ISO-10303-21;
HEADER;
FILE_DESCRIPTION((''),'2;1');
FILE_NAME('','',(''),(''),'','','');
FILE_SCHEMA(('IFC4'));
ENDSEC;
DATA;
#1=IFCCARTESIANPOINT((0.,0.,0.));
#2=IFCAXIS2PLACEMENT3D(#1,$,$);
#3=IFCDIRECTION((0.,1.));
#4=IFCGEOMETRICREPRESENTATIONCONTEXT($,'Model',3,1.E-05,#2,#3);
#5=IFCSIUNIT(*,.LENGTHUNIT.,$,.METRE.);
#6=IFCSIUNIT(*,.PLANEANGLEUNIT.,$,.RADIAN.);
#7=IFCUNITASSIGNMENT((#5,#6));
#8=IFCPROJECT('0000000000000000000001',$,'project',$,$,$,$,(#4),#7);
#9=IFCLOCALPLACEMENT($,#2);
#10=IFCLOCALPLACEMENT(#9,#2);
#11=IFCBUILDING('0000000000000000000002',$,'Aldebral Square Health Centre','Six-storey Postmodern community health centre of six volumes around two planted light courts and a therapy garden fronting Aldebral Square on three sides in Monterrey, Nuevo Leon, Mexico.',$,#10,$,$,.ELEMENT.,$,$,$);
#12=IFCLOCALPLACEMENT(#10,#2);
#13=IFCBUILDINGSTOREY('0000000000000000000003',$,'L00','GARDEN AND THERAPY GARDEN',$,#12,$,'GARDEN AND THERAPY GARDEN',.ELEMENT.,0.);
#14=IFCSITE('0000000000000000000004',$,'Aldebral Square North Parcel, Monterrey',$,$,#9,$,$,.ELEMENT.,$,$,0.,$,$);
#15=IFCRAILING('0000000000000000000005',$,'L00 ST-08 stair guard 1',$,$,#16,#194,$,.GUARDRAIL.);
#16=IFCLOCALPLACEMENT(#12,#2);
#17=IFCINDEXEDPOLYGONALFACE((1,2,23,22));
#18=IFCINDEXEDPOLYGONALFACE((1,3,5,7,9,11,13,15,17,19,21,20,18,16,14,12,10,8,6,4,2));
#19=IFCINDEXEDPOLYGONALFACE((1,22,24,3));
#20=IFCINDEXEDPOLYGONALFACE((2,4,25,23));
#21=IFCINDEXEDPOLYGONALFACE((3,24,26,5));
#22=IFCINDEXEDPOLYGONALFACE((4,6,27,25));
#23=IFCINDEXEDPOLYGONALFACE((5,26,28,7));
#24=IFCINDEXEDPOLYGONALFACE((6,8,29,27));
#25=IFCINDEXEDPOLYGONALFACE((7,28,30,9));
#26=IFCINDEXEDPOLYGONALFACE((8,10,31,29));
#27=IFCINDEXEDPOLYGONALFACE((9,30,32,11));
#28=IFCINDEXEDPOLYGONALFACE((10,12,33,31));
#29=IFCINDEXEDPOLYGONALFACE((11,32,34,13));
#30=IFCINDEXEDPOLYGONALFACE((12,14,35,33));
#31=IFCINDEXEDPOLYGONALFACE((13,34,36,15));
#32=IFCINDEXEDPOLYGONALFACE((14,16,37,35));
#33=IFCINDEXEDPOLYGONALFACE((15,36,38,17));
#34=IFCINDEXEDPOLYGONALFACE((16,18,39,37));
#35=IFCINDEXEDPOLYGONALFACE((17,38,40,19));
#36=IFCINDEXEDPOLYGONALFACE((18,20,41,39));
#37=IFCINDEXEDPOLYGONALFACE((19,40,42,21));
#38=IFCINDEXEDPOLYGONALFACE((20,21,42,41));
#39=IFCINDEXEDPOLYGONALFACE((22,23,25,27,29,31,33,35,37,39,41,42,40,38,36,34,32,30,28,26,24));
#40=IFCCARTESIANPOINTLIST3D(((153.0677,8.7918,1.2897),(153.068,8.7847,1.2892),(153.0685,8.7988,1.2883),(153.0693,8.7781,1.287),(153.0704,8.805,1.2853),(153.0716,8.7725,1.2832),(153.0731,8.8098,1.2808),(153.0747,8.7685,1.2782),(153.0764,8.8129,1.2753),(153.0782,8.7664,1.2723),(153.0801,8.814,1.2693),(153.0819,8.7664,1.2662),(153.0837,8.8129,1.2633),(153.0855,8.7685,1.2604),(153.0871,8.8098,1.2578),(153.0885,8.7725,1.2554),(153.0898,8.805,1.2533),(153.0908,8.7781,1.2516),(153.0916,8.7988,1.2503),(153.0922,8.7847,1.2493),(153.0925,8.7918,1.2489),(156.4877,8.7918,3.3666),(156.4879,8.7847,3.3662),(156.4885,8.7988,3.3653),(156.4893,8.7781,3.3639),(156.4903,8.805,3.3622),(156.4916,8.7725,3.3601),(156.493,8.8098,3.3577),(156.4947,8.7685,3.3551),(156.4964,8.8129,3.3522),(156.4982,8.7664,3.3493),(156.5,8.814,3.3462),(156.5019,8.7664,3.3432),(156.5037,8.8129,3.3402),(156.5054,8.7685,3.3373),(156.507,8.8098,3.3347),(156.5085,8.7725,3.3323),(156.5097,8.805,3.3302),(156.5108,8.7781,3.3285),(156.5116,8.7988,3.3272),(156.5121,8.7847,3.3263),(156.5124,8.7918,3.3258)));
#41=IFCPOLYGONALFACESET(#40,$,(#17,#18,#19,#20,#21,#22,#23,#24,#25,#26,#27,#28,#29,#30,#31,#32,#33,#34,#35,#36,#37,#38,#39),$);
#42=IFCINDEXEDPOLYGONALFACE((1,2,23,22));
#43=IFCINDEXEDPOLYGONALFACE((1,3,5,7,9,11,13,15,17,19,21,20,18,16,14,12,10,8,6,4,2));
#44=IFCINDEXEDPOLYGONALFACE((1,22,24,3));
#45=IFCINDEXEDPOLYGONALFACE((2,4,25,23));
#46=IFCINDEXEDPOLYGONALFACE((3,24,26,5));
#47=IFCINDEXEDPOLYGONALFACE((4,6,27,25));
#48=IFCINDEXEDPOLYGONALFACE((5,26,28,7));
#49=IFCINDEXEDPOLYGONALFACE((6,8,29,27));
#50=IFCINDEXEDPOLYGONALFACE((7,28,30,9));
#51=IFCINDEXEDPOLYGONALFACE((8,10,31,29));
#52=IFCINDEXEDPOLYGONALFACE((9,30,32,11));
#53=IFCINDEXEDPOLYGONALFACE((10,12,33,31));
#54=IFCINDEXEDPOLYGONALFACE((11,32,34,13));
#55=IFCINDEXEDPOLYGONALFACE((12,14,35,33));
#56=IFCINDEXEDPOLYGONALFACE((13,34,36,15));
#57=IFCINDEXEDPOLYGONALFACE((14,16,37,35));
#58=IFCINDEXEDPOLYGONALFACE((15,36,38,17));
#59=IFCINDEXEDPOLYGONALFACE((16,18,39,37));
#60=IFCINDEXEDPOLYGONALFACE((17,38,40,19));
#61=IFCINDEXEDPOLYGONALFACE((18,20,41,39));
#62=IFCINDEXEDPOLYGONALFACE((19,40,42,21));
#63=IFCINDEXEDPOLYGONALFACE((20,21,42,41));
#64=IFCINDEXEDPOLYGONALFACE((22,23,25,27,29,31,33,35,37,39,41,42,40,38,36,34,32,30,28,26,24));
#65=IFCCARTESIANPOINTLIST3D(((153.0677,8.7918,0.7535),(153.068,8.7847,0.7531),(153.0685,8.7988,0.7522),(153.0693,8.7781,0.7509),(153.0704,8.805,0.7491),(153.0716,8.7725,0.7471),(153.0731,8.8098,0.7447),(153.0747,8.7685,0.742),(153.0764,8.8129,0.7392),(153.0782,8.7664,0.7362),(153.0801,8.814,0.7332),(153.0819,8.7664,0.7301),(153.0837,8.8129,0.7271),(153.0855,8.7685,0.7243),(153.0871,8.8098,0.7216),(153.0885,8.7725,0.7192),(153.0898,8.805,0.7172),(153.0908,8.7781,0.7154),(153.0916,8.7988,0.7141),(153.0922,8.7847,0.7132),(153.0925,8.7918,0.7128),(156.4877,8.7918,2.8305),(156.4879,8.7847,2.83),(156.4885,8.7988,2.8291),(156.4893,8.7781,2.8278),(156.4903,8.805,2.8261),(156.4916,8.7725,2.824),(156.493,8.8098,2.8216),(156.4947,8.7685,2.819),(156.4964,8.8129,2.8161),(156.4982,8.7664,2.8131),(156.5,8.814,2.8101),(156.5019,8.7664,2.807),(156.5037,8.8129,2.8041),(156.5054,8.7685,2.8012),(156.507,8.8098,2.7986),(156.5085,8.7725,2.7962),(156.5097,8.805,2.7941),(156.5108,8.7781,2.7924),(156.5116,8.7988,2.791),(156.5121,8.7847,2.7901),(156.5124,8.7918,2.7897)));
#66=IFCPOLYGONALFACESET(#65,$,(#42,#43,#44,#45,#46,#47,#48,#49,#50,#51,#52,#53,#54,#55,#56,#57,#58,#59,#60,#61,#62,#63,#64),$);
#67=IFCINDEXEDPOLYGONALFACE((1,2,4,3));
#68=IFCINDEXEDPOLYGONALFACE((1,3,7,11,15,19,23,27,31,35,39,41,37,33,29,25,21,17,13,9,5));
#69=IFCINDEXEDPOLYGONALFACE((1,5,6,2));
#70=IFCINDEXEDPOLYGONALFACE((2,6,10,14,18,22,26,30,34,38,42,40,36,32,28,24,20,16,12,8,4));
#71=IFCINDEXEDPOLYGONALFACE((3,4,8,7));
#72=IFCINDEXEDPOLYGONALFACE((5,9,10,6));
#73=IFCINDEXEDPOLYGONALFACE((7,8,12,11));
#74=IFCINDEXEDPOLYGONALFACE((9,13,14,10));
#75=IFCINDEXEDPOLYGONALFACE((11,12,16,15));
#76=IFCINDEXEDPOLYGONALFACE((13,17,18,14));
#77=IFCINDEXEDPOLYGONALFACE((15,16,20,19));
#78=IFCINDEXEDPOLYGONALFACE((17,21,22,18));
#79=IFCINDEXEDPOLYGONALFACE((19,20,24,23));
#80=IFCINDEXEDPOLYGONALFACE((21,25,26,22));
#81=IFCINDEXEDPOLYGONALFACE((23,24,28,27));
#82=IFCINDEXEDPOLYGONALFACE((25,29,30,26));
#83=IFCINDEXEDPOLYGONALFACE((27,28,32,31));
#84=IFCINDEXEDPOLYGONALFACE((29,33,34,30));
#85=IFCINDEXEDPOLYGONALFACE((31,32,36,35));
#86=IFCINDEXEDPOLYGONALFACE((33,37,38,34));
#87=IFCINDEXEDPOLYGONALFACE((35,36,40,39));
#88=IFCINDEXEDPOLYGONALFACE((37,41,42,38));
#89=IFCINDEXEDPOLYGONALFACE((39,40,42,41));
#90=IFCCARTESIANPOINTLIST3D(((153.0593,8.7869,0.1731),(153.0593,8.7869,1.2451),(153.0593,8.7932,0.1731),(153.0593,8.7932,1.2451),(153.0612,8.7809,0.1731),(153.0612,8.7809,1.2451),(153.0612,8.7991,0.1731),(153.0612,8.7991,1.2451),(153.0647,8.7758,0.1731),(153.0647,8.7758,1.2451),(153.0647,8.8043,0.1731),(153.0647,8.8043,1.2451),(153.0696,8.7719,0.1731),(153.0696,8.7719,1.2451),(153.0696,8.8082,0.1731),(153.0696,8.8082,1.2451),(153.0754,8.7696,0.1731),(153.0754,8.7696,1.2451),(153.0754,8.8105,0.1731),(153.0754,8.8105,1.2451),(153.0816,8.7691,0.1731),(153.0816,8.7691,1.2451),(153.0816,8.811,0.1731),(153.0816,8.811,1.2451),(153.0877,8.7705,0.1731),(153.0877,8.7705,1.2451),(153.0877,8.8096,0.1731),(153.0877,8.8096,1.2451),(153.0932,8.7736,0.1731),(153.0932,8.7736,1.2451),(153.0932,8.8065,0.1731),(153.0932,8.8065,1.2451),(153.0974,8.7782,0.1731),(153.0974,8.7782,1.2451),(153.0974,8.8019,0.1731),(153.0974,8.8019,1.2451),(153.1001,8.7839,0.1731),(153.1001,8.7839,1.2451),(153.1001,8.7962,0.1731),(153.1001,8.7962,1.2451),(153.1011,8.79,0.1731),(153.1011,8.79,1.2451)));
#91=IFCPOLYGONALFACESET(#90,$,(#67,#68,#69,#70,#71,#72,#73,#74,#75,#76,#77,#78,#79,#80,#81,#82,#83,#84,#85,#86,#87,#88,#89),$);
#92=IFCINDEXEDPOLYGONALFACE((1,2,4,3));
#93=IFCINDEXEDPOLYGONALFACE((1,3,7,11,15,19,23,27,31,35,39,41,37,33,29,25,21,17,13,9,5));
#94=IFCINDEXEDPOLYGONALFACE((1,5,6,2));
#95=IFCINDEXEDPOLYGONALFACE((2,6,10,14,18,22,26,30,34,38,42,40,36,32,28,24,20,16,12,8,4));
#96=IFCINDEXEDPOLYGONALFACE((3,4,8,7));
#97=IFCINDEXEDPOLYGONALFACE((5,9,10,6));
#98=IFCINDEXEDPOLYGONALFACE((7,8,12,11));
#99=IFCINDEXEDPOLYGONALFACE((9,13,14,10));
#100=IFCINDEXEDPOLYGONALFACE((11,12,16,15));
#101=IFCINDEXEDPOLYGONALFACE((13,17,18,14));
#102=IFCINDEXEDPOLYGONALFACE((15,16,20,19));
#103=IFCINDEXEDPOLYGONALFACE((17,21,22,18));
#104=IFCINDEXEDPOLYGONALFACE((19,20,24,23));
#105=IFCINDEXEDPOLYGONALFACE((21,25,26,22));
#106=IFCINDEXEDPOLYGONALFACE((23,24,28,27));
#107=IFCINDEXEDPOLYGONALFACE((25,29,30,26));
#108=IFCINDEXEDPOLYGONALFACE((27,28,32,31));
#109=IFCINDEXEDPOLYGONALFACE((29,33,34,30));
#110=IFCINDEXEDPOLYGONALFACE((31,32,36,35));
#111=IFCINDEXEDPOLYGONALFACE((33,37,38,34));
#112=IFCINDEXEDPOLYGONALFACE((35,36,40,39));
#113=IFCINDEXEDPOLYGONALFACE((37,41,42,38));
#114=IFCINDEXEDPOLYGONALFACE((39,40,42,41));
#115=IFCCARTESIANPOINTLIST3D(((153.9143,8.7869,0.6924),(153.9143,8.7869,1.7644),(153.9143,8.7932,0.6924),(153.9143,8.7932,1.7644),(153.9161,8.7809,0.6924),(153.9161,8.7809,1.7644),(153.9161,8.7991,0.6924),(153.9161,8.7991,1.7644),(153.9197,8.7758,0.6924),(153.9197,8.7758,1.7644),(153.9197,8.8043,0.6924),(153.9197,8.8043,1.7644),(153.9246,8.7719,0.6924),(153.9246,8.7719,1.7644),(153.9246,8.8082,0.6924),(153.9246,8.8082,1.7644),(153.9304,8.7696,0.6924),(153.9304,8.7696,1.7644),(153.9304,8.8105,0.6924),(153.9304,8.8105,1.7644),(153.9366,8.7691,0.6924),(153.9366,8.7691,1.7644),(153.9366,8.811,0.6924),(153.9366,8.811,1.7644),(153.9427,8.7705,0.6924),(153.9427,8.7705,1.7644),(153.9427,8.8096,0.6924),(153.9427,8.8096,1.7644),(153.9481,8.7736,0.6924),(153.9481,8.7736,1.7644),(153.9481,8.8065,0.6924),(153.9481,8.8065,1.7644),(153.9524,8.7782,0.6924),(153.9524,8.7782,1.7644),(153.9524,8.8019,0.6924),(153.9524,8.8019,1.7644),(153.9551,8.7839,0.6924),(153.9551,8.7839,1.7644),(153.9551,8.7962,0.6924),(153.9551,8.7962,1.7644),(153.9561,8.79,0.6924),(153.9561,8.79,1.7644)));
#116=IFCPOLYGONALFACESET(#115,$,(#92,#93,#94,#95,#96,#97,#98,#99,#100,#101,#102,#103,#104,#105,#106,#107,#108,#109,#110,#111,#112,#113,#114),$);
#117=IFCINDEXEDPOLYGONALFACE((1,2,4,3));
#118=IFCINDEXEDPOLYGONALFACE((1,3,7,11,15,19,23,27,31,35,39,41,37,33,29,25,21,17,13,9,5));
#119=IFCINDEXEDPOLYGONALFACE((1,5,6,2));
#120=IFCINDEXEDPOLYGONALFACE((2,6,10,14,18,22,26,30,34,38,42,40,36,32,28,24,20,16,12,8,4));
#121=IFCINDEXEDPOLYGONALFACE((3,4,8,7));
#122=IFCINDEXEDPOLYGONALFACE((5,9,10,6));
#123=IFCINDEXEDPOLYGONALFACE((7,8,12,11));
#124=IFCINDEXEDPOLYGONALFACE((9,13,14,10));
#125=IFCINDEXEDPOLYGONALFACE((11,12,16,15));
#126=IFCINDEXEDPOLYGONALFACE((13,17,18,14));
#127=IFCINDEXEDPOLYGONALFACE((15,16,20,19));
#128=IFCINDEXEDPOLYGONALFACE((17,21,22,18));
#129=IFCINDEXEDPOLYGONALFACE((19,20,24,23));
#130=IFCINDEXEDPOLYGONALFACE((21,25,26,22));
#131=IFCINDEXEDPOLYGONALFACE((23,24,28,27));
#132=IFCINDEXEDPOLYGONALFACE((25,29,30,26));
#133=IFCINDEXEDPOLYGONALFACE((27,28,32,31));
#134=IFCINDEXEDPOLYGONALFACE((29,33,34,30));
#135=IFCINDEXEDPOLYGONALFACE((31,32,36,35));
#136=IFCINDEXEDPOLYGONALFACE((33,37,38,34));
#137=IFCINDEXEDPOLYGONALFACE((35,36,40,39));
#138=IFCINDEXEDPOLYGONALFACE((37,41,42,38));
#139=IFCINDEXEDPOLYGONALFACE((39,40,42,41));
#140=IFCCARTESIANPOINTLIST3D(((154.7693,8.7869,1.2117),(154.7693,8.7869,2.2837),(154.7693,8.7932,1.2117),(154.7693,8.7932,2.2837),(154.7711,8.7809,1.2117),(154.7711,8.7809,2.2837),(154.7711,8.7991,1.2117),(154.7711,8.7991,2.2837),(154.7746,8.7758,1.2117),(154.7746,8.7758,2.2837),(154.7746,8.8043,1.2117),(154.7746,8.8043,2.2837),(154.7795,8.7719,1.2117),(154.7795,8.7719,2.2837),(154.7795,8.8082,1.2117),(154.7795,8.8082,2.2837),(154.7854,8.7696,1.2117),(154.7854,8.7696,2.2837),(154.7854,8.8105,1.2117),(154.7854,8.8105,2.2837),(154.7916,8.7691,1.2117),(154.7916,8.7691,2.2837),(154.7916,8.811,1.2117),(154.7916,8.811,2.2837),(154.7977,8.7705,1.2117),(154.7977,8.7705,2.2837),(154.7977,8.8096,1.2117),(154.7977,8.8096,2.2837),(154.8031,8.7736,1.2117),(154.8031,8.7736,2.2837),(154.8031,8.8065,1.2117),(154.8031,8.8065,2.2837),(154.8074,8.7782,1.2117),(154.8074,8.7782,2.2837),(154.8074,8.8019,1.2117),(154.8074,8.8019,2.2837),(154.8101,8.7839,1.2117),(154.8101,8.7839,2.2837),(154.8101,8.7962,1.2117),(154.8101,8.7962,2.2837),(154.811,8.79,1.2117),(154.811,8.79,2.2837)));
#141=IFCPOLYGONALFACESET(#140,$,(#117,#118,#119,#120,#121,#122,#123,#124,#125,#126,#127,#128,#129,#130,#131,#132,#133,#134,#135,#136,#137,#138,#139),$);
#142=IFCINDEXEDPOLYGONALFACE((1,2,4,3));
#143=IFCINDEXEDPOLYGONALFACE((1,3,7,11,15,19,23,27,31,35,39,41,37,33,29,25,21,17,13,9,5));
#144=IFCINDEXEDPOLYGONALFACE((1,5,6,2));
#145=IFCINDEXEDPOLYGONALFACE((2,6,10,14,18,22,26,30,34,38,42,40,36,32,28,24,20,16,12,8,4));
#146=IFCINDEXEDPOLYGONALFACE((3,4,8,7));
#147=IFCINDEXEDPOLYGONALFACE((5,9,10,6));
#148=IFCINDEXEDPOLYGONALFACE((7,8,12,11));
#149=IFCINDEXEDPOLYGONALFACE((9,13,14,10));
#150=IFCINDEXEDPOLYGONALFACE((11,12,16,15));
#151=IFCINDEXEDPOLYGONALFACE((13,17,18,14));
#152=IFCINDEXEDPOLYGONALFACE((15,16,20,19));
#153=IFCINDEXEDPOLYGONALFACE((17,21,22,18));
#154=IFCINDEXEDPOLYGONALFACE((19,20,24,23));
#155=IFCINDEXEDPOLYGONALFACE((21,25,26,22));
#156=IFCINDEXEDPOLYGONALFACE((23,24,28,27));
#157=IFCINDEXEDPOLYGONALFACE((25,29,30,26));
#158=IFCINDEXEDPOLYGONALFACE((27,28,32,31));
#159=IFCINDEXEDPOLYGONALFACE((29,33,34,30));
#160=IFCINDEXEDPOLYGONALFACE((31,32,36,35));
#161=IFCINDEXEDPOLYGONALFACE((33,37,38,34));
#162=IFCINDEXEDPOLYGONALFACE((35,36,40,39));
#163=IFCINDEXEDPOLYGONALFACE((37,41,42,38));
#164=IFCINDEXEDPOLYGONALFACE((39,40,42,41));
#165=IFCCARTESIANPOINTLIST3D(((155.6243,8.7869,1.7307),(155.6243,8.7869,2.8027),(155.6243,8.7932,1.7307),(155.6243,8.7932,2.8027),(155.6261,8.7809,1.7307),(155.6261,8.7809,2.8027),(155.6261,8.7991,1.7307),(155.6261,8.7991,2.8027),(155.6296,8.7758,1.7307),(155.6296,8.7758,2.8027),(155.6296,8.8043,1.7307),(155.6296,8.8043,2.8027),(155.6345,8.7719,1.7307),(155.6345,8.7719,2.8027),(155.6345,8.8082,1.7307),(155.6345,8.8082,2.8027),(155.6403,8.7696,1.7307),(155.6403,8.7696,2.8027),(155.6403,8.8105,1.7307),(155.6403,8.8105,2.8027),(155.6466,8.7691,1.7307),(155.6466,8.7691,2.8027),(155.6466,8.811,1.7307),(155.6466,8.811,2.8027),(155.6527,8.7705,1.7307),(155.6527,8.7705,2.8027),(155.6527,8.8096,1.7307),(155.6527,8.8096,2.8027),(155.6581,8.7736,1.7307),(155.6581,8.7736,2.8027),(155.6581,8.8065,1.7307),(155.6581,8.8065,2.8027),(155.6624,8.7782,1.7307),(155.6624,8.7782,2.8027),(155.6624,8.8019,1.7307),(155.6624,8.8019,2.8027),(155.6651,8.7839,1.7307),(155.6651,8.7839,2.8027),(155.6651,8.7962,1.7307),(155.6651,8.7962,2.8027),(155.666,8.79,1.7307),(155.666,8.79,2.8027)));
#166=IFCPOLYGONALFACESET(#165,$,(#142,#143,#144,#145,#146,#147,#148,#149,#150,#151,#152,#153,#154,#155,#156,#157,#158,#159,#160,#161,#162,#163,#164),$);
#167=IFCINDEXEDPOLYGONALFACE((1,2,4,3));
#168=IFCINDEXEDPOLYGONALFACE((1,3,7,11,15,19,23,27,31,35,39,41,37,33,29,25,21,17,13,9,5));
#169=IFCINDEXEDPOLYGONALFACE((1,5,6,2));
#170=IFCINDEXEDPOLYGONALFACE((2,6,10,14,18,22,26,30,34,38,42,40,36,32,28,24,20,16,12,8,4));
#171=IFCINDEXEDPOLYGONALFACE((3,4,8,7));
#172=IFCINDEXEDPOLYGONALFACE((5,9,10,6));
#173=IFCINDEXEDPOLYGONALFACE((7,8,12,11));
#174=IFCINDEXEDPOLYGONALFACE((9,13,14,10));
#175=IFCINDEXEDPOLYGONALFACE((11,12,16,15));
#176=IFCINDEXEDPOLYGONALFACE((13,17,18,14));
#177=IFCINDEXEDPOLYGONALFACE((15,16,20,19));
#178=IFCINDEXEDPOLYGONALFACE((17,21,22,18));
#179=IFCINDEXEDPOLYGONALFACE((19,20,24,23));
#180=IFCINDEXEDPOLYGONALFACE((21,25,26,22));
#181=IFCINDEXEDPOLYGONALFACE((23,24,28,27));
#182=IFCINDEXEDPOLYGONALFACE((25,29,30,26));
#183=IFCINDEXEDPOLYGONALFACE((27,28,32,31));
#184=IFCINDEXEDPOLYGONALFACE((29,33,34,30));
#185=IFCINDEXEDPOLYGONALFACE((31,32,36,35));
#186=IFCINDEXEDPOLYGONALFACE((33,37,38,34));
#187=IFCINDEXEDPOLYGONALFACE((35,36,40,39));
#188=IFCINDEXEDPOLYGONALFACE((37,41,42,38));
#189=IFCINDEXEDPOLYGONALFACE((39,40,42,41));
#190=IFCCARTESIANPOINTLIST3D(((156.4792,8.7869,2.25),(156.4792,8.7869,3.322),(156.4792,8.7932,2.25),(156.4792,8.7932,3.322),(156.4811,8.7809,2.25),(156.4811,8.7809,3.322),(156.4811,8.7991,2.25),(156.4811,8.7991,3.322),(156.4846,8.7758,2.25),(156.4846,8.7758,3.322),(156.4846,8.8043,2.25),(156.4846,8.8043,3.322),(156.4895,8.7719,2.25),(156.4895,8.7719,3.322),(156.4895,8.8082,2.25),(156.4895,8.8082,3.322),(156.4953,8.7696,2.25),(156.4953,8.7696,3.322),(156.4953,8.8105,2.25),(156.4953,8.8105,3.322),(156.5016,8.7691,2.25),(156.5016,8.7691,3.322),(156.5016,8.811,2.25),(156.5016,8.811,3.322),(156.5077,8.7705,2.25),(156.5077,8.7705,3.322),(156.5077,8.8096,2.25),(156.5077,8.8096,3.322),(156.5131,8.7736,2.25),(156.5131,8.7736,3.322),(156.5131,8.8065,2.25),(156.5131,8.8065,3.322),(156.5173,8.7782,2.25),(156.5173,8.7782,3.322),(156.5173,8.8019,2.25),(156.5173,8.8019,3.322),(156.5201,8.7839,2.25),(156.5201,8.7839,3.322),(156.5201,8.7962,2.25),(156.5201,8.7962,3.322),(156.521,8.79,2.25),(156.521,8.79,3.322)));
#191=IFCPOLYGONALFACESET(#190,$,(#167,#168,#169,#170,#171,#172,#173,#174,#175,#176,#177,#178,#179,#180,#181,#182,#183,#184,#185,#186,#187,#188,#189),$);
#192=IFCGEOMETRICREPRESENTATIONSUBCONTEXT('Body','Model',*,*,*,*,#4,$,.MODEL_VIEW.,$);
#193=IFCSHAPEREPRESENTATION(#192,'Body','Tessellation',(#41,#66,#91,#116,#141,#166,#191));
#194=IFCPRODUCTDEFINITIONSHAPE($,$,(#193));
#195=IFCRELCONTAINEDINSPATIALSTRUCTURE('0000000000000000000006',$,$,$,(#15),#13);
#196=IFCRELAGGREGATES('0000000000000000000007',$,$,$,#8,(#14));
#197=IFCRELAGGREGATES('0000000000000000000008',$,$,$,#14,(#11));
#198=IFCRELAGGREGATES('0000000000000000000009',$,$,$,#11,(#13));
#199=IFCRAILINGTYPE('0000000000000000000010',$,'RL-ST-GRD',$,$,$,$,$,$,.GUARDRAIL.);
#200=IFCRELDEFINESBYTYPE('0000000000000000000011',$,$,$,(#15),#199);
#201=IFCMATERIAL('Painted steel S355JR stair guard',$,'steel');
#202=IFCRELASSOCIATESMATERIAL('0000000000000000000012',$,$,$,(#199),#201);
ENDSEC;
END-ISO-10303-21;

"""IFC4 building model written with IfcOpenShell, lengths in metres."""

from ifc_helpers import new_model, si_unit, direction, frame, origin, origin_2d, place, context, subcontext, project, spatial, circle, extrude, material, type_object, element, save


model = new_model("IFC4")

# Units and contexts
model_context = context("Model", 3, precision=1e-05, world=origin(), true_north=direction((0.0, 1.0)))
body_context = subcontext(model_context, "Body", "Model", "MODEL_VIEW")
ifc_project = project(units=[si_unit("LENGTHUNIT", "METRE"), si_unit("PLANEANGLEUNIT", "RADIAN")], contexts=[model_context])

# Site, building, storey
site_placement = place(None, origin())
site = spatial("IfcSite", under=ifc_project, at=site_placement, Name="Aldebral Square North Parcel, Monterrey", CompositionType="ELEMENT", RefElevation=0.0)
building_placement = place(site_placement, origin())
building = spatial("IfcBuilding", under=site, at=building_placement, Name="Aldebral Square Health Centre", Description="Six-storey Postmodern community health centre of six volumes around two planted light courts and a therapy garden fronting Aldebral Square on three sides in Monterrey, Nuevo Leon, Mexico.", CompositionType="ELEMENT")
storey_placement = place(building_placement, origin())
storey = spatial("IfcBuildingStorey", under=building, at=storey_placement, Name="L00", Description="GARDEN AND THERAPY GARDEN", LongName="GARDEN AND THERAPY GARDEN", CompositionType="ELEMENT", Elevation=0.0)

# Railing
ifc_material_1 = material(Name="Painted steel S355JR stair guard", Category="steel")
railing_type_1 = type_object("IfcRailingType", Name="RL-ST-GRD", PredefinedType="GUARDRAIL", material=ifc_material_1)
railing_1_placement = place(storey_placement, frame((153.0801, 8.79, 0.1731)))
element("IfcRailing", 1, at=railing_1_placement, inside=storey, type_object=railing_type_1, Name="L00 ST-08 stair guard 1", PredefinedType="GUARDRAIL", context=body_context, shape_type="SweptSolid", body=[
    extrude(circle(Radius=0.0239, at=origin_2d()), frame((0.0, 0.0, 1.0962), z_axis=(0.85473, 0.0, 0.519074), x_axis=(0.0, 1.0, 0.0)), (0.0, 0.0, 1.0), 4.0012),
    extrude(circle(Radius=0.0239, at=origin_2d()), frame((0.0, 0.0, 0.5601), z_axis=(0.85473, 0.0, 0.519074), x_axis=(0.0, 1.0, 0.0)), (0.0, 0.0, 1.0), 4.0012),
    extrude(circle(Radius=0.021, at=origin_2d()), origin(), (0.0, 0.0, 1.0), 1.072),
    extrude(circle(Radius=0.021, at=origin_2d()), frame((0.855, 0.0, 0.5193)), (0.0, 0.0, 1.0), 1.072),
    extrude(circle(Radius=0.021, at=origin_2d()), frame((1.71, 0.0, 1.0386)), (0.0, 0.0, 1.0), 1.072),
    extrude(circle(Radius=0.021, at=origin_2d()), frame((2.5649, 0.0, 1.5576)), (0.0, 0.0, 1.0), 1.072),
    extrude(circle(Radius=0.021, at=origin_2d()), frame((3.4199, 0.0, 2.0769)), (0.0, 0.0, 1.0), 1.072),
])

save(model, "model.ifc")
